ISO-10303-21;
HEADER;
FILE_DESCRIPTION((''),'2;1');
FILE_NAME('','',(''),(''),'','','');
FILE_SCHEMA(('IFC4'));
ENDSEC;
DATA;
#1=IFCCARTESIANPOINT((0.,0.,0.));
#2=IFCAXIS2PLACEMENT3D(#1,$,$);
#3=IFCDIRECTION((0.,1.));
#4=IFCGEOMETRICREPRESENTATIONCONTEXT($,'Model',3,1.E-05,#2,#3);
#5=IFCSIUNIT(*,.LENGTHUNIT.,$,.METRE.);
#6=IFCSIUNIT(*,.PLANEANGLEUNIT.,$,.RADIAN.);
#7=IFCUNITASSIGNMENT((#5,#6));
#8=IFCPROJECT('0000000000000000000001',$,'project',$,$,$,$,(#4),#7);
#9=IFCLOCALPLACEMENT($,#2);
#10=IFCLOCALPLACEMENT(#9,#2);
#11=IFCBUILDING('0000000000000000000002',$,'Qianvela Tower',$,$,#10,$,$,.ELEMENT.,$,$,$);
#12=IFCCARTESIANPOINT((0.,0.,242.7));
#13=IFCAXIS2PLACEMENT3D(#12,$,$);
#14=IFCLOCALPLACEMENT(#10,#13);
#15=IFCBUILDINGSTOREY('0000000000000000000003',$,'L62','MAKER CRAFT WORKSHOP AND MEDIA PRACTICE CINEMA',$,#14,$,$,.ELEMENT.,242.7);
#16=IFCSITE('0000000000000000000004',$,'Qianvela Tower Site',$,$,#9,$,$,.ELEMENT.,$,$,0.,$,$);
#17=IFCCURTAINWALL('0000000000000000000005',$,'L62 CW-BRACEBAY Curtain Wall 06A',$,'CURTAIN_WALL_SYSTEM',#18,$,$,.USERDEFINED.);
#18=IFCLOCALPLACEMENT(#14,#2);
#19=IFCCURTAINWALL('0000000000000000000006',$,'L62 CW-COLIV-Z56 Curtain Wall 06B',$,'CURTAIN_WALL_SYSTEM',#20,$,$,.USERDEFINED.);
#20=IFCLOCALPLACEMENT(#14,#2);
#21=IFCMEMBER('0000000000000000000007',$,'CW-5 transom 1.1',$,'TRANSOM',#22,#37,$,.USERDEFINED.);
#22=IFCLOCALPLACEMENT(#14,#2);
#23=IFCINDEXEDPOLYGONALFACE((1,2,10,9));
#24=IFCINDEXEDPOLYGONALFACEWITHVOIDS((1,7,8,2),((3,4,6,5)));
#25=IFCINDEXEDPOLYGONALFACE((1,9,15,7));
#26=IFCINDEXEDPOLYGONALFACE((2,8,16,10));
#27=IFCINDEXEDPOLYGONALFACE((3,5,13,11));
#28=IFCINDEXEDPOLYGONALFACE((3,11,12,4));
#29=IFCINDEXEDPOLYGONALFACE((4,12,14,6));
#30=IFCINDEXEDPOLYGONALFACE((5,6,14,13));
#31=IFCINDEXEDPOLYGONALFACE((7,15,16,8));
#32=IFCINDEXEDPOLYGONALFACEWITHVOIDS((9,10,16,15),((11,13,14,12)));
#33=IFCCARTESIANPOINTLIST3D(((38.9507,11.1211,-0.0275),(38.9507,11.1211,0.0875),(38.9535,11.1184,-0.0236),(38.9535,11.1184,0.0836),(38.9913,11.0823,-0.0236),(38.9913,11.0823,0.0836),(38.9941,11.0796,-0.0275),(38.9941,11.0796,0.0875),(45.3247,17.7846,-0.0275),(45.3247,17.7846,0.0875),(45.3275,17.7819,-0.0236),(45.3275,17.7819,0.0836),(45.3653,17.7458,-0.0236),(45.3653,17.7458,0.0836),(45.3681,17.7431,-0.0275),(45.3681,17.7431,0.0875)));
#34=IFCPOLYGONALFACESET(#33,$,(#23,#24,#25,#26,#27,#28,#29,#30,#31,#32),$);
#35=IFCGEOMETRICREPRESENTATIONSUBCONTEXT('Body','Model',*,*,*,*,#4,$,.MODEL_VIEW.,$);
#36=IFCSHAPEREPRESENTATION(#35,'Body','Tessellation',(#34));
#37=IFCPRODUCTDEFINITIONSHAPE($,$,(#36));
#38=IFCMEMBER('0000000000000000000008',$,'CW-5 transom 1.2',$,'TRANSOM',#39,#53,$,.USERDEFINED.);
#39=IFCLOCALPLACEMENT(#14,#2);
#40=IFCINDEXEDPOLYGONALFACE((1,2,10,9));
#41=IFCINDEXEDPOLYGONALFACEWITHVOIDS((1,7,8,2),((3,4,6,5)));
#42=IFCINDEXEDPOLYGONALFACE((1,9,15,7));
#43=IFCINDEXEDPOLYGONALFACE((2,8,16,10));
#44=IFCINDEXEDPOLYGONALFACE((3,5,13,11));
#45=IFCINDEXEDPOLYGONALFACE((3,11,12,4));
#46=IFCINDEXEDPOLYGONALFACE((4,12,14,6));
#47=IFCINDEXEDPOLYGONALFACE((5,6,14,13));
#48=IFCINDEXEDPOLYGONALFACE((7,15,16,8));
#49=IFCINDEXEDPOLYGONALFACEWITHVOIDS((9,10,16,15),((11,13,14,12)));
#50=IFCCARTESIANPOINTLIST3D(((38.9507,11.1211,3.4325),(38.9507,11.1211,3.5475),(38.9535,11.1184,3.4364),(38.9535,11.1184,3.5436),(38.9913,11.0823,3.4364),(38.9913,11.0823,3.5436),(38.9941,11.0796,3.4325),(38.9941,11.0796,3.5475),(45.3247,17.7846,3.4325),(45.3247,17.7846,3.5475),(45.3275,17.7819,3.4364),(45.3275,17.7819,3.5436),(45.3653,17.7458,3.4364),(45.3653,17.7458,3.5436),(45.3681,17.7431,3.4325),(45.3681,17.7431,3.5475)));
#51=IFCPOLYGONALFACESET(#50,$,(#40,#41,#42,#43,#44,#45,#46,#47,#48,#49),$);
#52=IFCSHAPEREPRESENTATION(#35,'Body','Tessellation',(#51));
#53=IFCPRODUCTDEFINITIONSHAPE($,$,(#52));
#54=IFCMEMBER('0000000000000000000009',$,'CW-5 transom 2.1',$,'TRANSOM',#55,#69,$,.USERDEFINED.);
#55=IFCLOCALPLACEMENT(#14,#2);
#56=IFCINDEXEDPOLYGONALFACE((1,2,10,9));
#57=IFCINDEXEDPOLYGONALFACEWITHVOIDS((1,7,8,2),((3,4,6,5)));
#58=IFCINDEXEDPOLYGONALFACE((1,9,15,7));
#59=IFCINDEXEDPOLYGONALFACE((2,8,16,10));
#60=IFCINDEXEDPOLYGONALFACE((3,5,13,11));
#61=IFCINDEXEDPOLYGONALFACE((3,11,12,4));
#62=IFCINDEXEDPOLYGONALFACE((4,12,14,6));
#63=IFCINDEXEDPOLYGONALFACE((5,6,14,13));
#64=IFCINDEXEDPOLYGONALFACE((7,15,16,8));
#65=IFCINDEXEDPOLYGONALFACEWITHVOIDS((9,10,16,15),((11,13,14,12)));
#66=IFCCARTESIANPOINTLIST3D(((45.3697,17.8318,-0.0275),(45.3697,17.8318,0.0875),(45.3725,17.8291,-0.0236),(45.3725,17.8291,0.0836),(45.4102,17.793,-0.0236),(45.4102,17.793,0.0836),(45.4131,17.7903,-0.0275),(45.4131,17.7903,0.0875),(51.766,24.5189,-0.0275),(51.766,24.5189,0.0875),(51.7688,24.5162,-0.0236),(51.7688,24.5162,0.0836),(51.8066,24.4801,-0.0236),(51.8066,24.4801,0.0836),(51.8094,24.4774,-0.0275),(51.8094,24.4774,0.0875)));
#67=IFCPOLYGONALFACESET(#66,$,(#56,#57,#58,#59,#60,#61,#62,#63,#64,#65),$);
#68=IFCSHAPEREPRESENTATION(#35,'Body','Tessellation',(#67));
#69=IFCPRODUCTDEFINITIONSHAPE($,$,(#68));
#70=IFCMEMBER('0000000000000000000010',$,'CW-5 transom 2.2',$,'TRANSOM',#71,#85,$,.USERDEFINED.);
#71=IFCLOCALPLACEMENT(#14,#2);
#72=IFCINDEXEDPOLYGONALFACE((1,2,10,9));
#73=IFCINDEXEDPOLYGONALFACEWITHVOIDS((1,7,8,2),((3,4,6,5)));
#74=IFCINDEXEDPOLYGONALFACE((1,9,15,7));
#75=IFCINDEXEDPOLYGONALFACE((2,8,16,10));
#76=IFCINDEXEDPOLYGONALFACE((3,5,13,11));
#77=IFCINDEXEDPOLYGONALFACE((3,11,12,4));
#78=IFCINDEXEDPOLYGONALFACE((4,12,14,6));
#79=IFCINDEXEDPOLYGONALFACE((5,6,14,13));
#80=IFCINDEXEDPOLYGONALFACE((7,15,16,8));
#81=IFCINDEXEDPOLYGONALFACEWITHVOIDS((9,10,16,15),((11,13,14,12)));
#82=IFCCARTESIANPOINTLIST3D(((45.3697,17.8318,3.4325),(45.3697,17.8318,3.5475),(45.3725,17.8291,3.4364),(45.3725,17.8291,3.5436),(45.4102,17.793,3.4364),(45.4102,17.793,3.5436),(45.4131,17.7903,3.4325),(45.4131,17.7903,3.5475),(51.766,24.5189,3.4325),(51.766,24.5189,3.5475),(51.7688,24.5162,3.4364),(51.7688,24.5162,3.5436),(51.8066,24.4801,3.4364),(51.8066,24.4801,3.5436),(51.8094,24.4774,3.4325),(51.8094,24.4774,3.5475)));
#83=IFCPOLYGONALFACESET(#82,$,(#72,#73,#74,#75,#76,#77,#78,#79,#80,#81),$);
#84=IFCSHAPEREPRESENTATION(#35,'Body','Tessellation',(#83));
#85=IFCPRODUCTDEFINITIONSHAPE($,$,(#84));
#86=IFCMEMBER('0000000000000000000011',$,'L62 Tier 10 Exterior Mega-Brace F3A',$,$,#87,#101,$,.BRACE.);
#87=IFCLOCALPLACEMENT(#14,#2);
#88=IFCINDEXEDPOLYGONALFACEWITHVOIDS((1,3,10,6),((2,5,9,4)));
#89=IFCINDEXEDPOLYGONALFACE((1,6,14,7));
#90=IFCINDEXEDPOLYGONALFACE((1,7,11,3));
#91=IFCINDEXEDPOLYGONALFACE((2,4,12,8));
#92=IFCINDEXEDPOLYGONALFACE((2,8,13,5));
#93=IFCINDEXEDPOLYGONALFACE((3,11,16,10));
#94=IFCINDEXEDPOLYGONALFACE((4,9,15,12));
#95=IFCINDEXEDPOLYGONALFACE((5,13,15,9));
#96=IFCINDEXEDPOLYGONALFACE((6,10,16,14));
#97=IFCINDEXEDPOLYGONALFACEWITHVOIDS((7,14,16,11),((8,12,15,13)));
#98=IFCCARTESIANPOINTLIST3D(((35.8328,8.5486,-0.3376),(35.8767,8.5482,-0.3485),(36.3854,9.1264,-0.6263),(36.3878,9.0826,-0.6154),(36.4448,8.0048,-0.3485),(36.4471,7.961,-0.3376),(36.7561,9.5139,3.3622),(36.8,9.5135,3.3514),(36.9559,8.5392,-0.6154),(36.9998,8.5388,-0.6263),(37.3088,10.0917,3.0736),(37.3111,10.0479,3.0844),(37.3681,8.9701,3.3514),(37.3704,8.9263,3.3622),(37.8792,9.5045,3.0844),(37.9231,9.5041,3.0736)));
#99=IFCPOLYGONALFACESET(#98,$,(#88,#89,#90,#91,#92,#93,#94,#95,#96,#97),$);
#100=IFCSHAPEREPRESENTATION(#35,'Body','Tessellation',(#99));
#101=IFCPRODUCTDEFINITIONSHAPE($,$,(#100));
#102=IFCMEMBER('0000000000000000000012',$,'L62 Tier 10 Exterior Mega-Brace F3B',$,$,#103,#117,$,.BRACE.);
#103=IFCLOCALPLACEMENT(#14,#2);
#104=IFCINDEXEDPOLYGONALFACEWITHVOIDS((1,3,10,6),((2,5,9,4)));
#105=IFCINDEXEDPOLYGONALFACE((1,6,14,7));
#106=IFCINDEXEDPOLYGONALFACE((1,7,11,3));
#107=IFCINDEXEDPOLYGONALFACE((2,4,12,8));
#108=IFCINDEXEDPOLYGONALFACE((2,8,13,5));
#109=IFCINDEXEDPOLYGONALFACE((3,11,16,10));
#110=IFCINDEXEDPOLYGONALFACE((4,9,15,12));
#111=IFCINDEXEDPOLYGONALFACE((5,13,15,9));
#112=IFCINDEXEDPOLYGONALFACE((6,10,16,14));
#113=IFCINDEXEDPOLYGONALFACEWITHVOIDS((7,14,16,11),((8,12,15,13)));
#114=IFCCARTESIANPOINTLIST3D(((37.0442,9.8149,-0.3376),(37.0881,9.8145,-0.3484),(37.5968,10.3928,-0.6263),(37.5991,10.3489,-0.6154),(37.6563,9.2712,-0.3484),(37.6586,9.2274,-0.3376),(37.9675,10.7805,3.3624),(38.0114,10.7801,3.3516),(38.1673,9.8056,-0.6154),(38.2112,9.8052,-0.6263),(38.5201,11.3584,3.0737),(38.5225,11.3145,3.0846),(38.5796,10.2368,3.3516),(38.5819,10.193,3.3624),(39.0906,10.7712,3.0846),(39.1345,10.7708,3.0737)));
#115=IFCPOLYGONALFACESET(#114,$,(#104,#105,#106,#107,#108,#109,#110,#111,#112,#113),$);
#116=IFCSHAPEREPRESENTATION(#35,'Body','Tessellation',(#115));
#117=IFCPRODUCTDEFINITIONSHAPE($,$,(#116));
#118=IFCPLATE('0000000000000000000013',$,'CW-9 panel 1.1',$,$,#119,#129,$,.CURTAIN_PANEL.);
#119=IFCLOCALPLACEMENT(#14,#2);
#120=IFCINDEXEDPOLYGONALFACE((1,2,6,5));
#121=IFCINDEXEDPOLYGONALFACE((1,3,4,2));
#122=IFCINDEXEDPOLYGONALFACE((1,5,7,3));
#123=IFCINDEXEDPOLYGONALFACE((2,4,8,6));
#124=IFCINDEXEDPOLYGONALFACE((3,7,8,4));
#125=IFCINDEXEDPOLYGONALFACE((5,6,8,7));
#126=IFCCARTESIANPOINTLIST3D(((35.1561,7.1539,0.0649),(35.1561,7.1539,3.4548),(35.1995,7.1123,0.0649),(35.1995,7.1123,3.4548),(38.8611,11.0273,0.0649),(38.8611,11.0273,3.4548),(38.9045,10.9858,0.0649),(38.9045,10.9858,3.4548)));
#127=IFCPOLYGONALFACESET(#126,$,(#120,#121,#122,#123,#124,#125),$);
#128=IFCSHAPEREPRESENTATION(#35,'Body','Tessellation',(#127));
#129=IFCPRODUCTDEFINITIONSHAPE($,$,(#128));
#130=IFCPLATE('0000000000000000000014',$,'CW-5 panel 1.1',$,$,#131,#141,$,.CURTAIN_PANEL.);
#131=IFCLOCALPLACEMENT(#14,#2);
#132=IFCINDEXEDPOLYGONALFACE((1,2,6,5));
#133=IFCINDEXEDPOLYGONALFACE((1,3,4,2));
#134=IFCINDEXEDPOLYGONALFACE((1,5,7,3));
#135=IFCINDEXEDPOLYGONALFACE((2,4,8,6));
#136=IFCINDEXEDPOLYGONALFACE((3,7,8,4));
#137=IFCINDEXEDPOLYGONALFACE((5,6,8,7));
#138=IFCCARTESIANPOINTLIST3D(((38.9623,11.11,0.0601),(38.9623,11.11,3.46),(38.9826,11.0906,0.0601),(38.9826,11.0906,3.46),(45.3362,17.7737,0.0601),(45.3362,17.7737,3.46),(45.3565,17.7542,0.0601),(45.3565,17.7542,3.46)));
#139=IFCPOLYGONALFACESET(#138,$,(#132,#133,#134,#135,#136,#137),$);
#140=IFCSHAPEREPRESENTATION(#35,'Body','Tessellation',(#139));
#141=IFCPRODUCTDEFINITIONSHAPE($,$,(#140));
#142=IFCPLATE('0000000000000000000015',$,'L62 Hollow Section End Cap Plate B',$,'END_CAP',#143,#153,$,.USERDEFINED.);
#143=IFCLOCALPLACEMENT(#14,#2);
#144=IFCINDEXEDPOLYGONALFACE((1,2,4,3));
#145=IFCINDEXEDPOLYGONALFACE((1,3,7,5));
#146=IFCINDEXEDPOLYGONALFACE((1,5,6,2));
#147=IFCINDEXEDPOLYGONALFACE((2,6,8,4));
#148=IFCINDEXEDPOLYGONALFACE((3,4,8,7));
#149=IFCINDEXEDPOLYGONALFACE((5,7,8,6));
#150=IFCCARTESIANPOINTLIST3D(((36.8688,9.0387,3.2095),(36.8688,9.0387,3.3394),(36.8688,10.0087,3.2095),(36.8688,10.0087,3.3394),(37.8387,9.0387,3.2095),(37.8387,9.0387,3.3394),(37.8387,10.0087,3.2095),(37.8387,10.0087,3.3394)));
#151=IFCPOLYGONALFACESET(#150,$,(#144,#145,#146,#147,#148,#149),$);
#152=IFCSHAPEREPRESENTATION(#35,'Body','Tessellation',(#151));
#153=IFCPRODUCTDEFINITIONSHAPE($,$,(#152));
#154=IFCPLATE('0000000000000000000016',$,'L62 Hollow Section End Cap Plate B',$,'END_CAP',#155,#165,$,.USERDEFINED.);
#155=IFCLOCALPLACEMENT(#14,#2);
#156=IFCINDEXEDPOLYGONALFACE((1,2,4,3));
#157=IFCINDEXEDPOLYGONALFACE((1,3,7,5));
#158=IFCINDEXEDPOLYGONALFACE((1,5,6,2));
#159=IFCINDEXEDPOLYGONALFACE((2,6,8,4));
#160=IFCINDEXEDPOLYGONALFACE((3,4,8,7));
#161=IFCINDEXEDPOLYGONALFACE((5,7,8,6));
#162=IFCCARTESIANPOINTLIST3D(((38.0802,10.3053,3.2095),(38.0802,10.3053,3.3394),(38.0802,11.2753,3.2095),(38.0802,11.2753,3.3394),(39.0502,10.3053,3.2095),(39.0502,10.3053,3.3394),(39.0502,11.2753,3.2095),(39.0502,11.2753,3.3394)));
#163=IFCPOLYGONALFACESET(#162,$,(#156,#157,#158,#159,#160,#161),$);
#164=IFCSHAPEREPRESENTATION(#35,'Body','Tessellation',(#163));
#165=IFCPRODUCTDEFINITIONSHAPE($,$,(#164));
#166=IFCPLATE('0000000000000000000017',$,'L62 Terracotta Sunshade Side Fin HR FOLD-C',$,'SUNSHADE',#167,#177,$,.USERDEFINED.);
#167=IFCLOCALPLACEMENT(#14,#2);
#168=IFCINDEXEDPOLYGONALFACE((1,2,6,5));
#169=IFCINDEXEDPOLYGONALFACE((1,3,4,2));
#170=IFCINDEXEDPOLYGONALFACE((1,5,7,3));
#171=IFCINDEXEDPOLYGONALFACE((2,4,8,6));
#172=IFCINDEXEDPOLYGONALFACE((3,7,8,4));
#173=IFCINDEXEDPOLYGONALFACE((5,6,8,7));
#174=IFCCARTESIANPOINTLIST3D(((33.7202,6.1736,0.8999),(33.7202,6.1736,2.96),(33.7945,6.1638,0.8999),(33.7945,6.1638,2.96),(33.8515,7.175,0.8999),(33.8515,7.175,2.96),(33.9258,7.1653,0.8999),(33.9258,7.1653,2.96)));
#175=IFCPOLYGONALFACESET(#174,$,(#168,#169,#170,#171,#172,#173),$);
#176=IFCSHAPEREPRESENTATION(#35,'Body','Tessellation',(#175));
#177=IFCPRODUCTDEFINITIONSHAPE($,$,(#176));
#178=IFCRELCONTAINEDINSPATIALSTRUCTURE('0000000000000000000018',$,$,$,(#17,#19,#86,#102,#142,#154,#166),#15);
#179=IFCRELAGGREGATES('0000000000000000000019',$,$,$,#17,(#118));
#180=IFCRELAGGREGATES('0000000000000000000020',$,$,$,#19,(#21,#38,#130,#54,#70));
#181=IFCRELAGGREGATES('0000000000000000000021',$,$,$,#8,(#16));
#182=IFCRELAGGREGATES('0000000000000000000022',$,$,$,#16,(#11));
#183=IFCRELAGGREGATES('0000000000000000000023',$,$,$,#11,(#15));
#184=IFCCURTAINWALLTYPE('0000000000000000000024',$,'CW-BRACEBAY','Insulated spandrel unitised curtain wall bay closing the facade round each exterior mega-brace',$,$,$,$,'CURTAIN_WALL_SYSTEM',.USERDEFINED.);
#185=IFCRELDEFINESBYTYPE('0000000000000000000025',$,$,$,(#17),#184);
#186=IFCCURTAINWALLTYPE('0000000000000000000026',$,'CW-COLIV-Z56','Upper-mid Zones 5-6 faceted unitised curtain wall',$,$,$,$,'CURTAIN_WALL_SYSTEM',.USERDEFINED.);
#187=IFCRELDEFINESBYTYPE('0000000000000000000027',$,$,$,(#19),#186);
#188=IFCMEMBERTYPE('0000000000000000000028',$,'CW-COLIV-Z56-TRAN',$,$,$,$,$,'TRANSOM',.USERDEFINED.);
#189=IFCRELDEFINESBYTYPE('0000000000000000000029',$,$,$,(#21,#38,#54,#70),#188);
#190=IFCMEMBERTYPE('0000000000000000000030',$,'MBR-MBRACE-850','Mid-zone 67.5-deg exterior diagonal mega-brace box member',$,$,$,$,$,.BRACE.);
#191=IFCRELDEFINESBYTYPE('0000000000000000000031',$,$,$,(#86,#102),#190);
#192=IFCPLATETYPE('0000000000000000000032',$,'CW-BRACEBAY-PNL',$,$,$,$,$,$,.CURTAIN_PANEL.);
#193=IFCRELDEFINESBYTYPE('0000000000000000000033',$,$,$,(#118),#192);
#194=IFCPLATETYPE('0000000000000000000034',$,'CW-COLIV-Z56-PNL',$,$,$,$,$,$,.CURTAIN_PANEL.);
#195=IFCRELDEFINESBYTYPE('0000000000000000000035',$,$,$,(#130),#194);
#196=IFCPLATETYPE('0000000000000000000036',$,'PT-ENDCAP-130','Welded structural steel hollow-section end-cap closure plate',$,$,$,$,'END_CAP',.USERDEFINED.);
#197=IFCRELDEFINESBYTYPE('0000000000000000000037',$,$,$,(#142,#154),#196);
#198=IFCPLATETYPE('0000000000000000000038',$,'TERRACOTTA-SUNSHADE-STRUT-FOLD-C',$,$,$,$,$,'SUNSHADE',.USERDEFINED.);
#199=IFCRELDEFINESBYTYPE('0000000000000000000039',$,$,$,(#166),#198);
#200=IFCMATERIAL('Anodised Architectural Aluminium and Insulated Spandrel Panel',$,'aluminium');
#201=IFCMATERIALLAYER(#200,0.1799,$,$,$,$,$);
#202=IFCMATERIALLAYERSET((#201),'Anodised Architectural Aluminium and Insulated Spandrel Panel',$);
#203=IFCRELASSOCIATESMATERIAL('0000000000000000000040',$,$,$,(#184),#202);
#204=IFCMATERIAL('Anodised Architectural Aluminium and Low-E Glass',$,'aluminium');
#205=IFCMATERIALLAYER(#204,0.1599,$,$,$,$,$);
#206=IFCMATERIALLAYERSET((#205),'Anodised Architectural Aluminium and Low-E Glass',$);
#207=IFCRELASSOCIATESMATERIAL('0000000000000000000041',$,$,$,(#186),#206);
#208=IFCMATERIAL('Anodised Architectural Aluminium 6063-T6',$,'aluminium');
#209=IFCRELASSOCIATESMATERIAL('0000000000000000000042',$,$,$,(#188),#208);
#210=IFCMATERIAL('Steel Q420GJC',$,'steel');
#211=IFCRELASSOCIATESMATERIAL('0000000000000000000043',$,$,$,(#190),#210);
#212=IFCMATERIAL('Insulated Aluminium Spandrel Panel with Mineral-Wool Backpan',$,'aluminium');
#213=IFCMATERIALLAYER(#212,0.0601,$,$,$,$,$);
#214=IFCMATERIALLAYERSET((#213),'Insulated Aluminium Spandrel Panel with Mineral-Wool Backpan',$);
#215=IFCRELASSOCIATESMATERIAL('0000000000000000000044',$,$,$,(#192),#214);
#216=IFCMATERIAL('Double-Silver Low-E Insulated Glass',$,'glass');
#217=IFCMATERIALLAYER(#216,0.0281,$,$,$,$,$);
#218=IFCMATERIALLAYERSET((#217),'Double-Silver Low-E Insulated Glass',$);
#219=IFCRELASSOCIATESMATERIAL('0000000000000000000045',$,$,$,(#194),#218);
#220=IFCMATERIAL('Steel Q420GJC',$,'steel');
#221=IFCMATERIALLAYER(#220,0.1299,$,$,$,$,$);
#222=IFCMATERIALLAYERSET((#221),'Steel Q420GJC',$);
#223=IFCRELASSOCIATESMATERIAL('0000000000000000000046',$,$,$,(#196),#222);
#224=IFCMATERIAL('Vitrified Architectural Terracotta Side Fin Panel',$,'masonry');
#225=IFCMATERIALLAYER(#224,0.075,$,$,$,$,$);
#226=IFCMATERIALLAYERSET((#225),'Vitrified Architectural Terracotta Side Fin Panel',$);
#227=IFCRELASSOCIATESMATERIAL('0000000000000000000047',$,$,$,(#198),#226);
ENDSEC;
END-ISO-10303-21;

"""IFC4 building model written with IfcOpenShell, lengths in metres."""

from ifc_helpers import new_model, si_unit, direction, frame, origin, origin_2d, place, context, subcontext, project, spatial, rectangle, hollow_rectangle, extrude, material, layer, layer_set, material_profile, profile_set, type_object, element, aggregate, save


model = new_model("IFC4")

# Units and contexts
model_context = context("Model", 3, precision=1e-05, world=origin(), true_north=direction((0.0, 1.0)))
body_context = subcontext(model_context, "Body", "Model", "MODEL_VIEW")
ifc_project = project(units=[si_unit("LENGTHUNIT", "METRE"), si_unit("PLANEANGLEUNIT", "RADIAN")], contexts=[model_context])

# Site, building, storey
site_placement = place(None, origin())
site = spatial("IfcSite", under=ifc_project, at=site_placement, Name="Qianvela Tower Site", CompositionType="ELEMENT", RefElevation=0.0)
building_placement = place(site_placement, origin())
building = spatial("IfcBuilding", under=site, at=building_placement, Name="Qianvela Tower", CompositionType="ELEMENT")
storey_placement = place(building_placement, frame((0.0, 0.0, 242.7)))
storey = spatial("IfcBuildingStorey", under=building, at=storey_placement, Name="L62", Description="MAKER CRAFT WORKSHOP AND MEDIA PRACTICE CINEMA", CompositionType="ELEMENT", Elevation=242.7)

# Curtain walls, members
ifc_material_1 = material(Name="Anodised Architectural Aluminium and Insulated Spandrel Panel", Category="aluminium")
ifc_layer_1 = layer(ifc_material_1, 0.1799)
ifc_layer_set_1 = layer_set([ifc_layer_1], Name="Anodised Architectural Aluminium and Insulated Spandrel Panel")
curtain_wall_type_1 = type_object("IfcCurtainWallType", Name="CW-BRACEBAY", Description="Insulated spandrel unitised curtain wall bay closing the facade round each exterior mega-brace", ElementType="CURTAIN_WALL_SYSTEM", PredefinedType="USERDEFINED", material=ifc_layer_set_1)
curtain_wall_1_placement = place(storey_placement, origin())
curtain_wall_1 = element("IfcCurtainWall", 1, at=curtain_wall_1_placement, inside=storey, type_object=curtain_wall_type_1, Name="L62 CW-BRACEBAY Curtain Wall 06A", ObjectType="CURTAIN_WALL_SYSTEM", PredefinedType="USERDEFINED")
ifc_material_2 = material(Name="Anodised Architectural Aluminium and Low-E Glass", Category="aluminium")
ifc_layer_2 = layer(ifc_material_2, 0.1599)
ifc_layer_set_2 = layer_set([ifc_layer_2], Name="Anodised Architectural Aluminium and Low-E Glass")
curtain_wall_type_2 = type_object("IfcCurtainWallType", Name="CW-COLIV-Z56", Description="Upper-mid Zones 5-6 faceted unitised curtain wall", ElementType="CURTAIN_WALL_SYSTEM", PredefinedType="USERDEFINED", material=ifc_layer_set_2)
curtain_wall_2_placement = place(storey_placement, origin())
curtain_wall_2 = element("IfcCurtainWall", 2, at=curtain_wall_2_placement, inside=storey, type_object=curtain_wall_type_2, Name="L62 CW-COLIV-Z56 Curtain Wall 06B", ObjectType="CURTAIN_WALL_SYSTEM", PredefinedType="USERDEFINED")
ifc_material_3 = material(Name="Anodised Architectural Aluminium 6063-T6", Category="aluminium")
ifc_material_profile_1 = material_profile(ifc_material_3, hollow_rectangle(XDim=0.0601, YDim=0.115, WallThickness=0.0039, at=origin_2d()), Name="ALU-TRAN-60x115")
ifc_profile_set_1 = profile_set([ifc_material_profile_1], Name="Anodised Architectural Aluminium 6063-T6")
member_type_1 = type_object("IfcMemberType", Name="CW-COLIV-Z56-TRAN", ElementType="TRANSOM", PredefinedType="USERDEFINED", material=ifc_profile_set_1)
member_1_placement = place(storey_placement, frame((38.9724, 11.1003, 0.03), z_axis=(0.691232, 0.722633, 0.0), x_axis=(-0.722633, 0.691232, 0.0)))
member_1 = element("IfcMember", 3, at=member_1_placement, type_object=member_type_1, Name="CW-5 transom 1.1", ObjectType="TRANSOM", PredefinedType="USERDEFINED", context=body_context, shape_type="SweptSolid", body=[
    extrude(hollow_rectangle(XDim=0.0601, YDim=0.115, WallThickness=0.0039, at=origin_2d()), origin(), (0.0, 0.0, 1.0), 9.2212),
])
member_2_placement = place(storey_placement, frame((38.9724, 11.1003, 3.49), z_axis=(0.691232, 0.722633, 0.0), x_axis=(-0.722633, 0.691232, 0.0)))
member_2 = element("IfcMember", 4, at=member_2_placement, type_object=member_type_1, Name="CW-5 transom 1.2", ObjectType="TRANSOM", PredefinedType="USERDEFINED", context=body_context, shape_type="SweptSolid", body=[
    extrude(hollow_rectangle(XDim=0.0601, YDim=0.115, WallThickness=0.0039, at=origin_2d()), origin(), (0.0, 0.0, 1.0), 9.2212),
])
member_3_placement = place(storey_placement, frame((45.3914, 17.811, 0.03), z_axis=(0.691221, 0.722644, 0.0), x_axis=(-0.722644, 0.691221, 0.0)))
member_3 = element("IfcMember", 5, at=member_3_placement, type_object=member_type_1, Name="CW-5 transom 2.1", ObjectType="TRANSOM", PredefinedType="USERDEFINED", context=body_context, shape_type="SweptSolid", body=[
    extrude(hollow_rectangle(XDim=0.0601, YDim=0.115, WallThickness=0.0039, at=origin_2d()), origin(), (0.0, 0.0, 1.0), 9.2537),
])
member_4_placement = place(storey_placement, frame((45.3914, 17.811, 3.49), z_axis=(0.691221, 0.722644, 0.0), x_axis=(-0.722644, 0.691221, 0.0)))
member_4 = element("IfcMember", 6, at=member_4_placement, type_object=member_type_1, Name="CW-5 transom 2.2", ObjectType="TRANSOM", PredefinedType="USERDEFINED", context=body_context, shape_type="SweptSolid", body=[
    extrude(hollow_rectangle(XDim=0.0601, YDim=0.115, WallThickness=0.0039, at=origin_2d()), origin(), (0.0, 0.0, 1.0), 9.2537),
])

# Members
ifc_material_4 = material(Name="Steel Q420GJC", Category="steel")
ifc_material_profile_2 = material_profile(ifc_material_4, hollow_rectangle(XDim=0.8501, YDim=0.8501, WallThickness=0.032, at=origin_2d()), Name="MBOX-850x850x32")
ifc_profile_set_2 = profile_set([ifc_material_profile_2], Name="Steel Q420GJC")
member_type_2 = type_object("IfcMemberType", Name="MBR-MBRACE-850", Description="Mid-zone 67.5-deg exterior diagonal mega-brace box member", PredefinedType="BRACE", material=ifc_profile_set_2)
member_5_placement = place(storey_placement, frame((36.4163, 8.5437, -0.4819), z_axis=(0.234725, 0.2454, 0.940576), x_axis=(-0.72265, 0.691214, 0.0)))
element("IfcMember", 7, at=member_5_placement, inside=storey, type_object=member_type_2, Name="L62 Tier 10 Exterior Mega-Brace F3A", PredefinedType="BRACE", context=body_context, shape_type="SweptSolid", body=[
    extrude(hollow_rectangle(XDim=0.8501, YDim=0.8501, WallThickness=0.032, at=origin_2d()), origin(), (0.0, 0.0, 1.0), 3.9336),
])
member_6_placement = place(storey_placement, frame((37.6277, 9.8101, -0.4819), z_axis=(0.234721, 0.245458, 0.940562), x_axis=(-0.722737, 0.691123, 0.0)))
element("IfcMember", 8, at=member_6_placement, inside=storey, type_object=member_type_2, Name="L62 Tier 10 Exterior Mega-Brace F3B", PredefinedType="BRACE", context=body_context, shape_type="SweptSolid", body=[
    extrude(hollow_rectangle(XDim=0.8501, YDim=0.8501, WallThickness=0.032, at=origin_2d()), origin(), (0.0, 0.0, 1.0), 3.9338),
])

# Plates
ifc_material_5 = material(Name="Insulated Aluminium Spandrel Panel with Mineral-Wool Backpan", Category="aluminium")
ifc_layer_3 = layer(ifc_material_5, 0.0601)
ifc_layer_set_3 = layer_set([ifc_layer_3], Name="Insulated Aluminium Spandrel Panel with Mineral-Wool Backpan")
plate_type_1 = type_object("IfcPlateType", Name="CW-BRACEBAY-PNL", PredefinedType="CURTAIN_PANEL", material=ifc_layer_set_3)
plate_1_placement = place(storey_placement, frame((37.0303, 9.0698, 0.0649), z_axis=(0.0, 0.0, 1.0), x_axis=(0.691222, 0.722643, 0.0)))
plate_1 = element("IfcPlate", 9, at=plate_1_placement, type_object=plate_type_1, Name="CW-9 panel 1.1", PredefinedType="CURTAIN_PANEL", context=body_context, shape_type="SweptSolid", body=[
    extrude(rectangle(XDim=5.3601, YDim=0.0601, at=origin_2d()), origin(), (0.0, 0.0, 1.0), 3.3899),
])
aggregate(curtain_wall_1, [plate_1])
ifc_material_6 = material(Name="Double-Silver Low-E Insulated Glass", Category="glass")
ifc_layer_4 = layer(ifc_material_6, 0.0281)
ifc_layer_set_4 = layer_set([ifc_layer_4], Name="Double-Silver Low-E Insulated Glass")
plate_type_2 = type_object("IfcPlateType", Name="CW-COLIV-Z56-PNL", PredefinedType="CURTAIN_PANEL", material=ifc_layer_set_4)
plate_2_placement = place(storey_placement, frame((42.1594, 14.4321, 0.0601), z_axis=(0.0, 0.0, 1.0), x_axis=(0.69122, 0.722644, 0.0)))
plate_2 = element("IfcPlate", 10, at=plate_2_placement, type_object=plate_type_2, Name="CW-5 panel 1.1", PredefinedType="CURTAIN_PANEL", context=body_context, shape_type="SweptSolid", body=[
    extrude(rectangle(XDim=9.2212, YDim=0.0281, at=origin_2d()), origin(), (0.0, 0.0, 1.0), 3.3999),
])
aggregate(curtain_wall_2, [member_1, member_2, plate_2, member_3, member_4])

# Plates
ifc_material_7 = material(Name="Steel Q420GJC", Category="steel")
ifc_layer_5 = layer(ifc_material_7, 0.1299)
ifc_layer_set_5 = layer_set([ifc_layer_5], Name="Steel Q420GJC")
plate_type_3 = type_object("IfcPlateType", Name="PT-ENDCAP-130", Description="Welded structural steel hollow-section end-cap closure plate", ElementType="END_CAP", PredefinedType="USERDEFINED", material=ifc_layer_set_5)
for number, where, z_axis, x_axis, name in (
    (11, (37.3538, 9.5237, 3.2095), (0.0, 0.0, 1.0), (1.0, 0.0, 0.0), "L62 Hollow Section End Cap Plate B"),
    (12, (38.5652, 10.7903, 3.2095), (0.0, 0.0, 1.0), (1.0, 0.0, 0.0), "L62 Hollow Section End Cap Plate B"),
):
    element("IfcPlate", number, at=place(storey_placement, frame(where, z_axis=z_axis, x_axis=x_axis)), inside=storey, type_object=plate_type_3, Name=name, ObjectType="END_CAP", PredefinedType="USERDEFINED", context=body_context, shape_type="SweptSolid", body=[
        extrude(rectangle(XDim=0.97, YDim=0.97, at=origin_2d()), origin(), (0.0, 0.0, 1.0), 0.1299),
    ])
ifc_material_8 = material(Name="Vitrified Architectural Terracotta Side Fin Panel", Category="masonry")
ifc_layer_6 = layer(ifc_material_8, 0.075)
ifc_layer_set_6 = layer_set([ifc_layer_6], Name="Vitrified Architectural Terracotta Side Fin Panel")
plate_type_4 = type_object("IfcPlateType", Name="TERRACOTTA-SUNSHADE-STRUT-FOLD-C", ElementType="SUNSHADE", PredefinedType="USERDEFINED", material=ifc_layer_set_6)
plate_3_placement = place(storey_placement, frame((33.823, 6.6694, 0.8999), z_axis=(0.0, 0.0, 1.0), x_axis=(0.991522, -0.129936, 0.0)))
element("IfcPlate", 13, at=plate_3_placement, inside=storey, type_object=plate_type_4, Name="L62 Terracotta Sunshade Side Fin HR FOLD-C", ObjectType="SUNSHADE", PredefinedType="USERDEFINED", context=body_context, shape_type="SweptSolid", body=[
    extrude(rectangle(XDim=0.075, YDim=1.01, at=origin_2d()), origin(), (0.0, 0.0, 1.0), 2.0601),
])

save(model, "model.ifc")
